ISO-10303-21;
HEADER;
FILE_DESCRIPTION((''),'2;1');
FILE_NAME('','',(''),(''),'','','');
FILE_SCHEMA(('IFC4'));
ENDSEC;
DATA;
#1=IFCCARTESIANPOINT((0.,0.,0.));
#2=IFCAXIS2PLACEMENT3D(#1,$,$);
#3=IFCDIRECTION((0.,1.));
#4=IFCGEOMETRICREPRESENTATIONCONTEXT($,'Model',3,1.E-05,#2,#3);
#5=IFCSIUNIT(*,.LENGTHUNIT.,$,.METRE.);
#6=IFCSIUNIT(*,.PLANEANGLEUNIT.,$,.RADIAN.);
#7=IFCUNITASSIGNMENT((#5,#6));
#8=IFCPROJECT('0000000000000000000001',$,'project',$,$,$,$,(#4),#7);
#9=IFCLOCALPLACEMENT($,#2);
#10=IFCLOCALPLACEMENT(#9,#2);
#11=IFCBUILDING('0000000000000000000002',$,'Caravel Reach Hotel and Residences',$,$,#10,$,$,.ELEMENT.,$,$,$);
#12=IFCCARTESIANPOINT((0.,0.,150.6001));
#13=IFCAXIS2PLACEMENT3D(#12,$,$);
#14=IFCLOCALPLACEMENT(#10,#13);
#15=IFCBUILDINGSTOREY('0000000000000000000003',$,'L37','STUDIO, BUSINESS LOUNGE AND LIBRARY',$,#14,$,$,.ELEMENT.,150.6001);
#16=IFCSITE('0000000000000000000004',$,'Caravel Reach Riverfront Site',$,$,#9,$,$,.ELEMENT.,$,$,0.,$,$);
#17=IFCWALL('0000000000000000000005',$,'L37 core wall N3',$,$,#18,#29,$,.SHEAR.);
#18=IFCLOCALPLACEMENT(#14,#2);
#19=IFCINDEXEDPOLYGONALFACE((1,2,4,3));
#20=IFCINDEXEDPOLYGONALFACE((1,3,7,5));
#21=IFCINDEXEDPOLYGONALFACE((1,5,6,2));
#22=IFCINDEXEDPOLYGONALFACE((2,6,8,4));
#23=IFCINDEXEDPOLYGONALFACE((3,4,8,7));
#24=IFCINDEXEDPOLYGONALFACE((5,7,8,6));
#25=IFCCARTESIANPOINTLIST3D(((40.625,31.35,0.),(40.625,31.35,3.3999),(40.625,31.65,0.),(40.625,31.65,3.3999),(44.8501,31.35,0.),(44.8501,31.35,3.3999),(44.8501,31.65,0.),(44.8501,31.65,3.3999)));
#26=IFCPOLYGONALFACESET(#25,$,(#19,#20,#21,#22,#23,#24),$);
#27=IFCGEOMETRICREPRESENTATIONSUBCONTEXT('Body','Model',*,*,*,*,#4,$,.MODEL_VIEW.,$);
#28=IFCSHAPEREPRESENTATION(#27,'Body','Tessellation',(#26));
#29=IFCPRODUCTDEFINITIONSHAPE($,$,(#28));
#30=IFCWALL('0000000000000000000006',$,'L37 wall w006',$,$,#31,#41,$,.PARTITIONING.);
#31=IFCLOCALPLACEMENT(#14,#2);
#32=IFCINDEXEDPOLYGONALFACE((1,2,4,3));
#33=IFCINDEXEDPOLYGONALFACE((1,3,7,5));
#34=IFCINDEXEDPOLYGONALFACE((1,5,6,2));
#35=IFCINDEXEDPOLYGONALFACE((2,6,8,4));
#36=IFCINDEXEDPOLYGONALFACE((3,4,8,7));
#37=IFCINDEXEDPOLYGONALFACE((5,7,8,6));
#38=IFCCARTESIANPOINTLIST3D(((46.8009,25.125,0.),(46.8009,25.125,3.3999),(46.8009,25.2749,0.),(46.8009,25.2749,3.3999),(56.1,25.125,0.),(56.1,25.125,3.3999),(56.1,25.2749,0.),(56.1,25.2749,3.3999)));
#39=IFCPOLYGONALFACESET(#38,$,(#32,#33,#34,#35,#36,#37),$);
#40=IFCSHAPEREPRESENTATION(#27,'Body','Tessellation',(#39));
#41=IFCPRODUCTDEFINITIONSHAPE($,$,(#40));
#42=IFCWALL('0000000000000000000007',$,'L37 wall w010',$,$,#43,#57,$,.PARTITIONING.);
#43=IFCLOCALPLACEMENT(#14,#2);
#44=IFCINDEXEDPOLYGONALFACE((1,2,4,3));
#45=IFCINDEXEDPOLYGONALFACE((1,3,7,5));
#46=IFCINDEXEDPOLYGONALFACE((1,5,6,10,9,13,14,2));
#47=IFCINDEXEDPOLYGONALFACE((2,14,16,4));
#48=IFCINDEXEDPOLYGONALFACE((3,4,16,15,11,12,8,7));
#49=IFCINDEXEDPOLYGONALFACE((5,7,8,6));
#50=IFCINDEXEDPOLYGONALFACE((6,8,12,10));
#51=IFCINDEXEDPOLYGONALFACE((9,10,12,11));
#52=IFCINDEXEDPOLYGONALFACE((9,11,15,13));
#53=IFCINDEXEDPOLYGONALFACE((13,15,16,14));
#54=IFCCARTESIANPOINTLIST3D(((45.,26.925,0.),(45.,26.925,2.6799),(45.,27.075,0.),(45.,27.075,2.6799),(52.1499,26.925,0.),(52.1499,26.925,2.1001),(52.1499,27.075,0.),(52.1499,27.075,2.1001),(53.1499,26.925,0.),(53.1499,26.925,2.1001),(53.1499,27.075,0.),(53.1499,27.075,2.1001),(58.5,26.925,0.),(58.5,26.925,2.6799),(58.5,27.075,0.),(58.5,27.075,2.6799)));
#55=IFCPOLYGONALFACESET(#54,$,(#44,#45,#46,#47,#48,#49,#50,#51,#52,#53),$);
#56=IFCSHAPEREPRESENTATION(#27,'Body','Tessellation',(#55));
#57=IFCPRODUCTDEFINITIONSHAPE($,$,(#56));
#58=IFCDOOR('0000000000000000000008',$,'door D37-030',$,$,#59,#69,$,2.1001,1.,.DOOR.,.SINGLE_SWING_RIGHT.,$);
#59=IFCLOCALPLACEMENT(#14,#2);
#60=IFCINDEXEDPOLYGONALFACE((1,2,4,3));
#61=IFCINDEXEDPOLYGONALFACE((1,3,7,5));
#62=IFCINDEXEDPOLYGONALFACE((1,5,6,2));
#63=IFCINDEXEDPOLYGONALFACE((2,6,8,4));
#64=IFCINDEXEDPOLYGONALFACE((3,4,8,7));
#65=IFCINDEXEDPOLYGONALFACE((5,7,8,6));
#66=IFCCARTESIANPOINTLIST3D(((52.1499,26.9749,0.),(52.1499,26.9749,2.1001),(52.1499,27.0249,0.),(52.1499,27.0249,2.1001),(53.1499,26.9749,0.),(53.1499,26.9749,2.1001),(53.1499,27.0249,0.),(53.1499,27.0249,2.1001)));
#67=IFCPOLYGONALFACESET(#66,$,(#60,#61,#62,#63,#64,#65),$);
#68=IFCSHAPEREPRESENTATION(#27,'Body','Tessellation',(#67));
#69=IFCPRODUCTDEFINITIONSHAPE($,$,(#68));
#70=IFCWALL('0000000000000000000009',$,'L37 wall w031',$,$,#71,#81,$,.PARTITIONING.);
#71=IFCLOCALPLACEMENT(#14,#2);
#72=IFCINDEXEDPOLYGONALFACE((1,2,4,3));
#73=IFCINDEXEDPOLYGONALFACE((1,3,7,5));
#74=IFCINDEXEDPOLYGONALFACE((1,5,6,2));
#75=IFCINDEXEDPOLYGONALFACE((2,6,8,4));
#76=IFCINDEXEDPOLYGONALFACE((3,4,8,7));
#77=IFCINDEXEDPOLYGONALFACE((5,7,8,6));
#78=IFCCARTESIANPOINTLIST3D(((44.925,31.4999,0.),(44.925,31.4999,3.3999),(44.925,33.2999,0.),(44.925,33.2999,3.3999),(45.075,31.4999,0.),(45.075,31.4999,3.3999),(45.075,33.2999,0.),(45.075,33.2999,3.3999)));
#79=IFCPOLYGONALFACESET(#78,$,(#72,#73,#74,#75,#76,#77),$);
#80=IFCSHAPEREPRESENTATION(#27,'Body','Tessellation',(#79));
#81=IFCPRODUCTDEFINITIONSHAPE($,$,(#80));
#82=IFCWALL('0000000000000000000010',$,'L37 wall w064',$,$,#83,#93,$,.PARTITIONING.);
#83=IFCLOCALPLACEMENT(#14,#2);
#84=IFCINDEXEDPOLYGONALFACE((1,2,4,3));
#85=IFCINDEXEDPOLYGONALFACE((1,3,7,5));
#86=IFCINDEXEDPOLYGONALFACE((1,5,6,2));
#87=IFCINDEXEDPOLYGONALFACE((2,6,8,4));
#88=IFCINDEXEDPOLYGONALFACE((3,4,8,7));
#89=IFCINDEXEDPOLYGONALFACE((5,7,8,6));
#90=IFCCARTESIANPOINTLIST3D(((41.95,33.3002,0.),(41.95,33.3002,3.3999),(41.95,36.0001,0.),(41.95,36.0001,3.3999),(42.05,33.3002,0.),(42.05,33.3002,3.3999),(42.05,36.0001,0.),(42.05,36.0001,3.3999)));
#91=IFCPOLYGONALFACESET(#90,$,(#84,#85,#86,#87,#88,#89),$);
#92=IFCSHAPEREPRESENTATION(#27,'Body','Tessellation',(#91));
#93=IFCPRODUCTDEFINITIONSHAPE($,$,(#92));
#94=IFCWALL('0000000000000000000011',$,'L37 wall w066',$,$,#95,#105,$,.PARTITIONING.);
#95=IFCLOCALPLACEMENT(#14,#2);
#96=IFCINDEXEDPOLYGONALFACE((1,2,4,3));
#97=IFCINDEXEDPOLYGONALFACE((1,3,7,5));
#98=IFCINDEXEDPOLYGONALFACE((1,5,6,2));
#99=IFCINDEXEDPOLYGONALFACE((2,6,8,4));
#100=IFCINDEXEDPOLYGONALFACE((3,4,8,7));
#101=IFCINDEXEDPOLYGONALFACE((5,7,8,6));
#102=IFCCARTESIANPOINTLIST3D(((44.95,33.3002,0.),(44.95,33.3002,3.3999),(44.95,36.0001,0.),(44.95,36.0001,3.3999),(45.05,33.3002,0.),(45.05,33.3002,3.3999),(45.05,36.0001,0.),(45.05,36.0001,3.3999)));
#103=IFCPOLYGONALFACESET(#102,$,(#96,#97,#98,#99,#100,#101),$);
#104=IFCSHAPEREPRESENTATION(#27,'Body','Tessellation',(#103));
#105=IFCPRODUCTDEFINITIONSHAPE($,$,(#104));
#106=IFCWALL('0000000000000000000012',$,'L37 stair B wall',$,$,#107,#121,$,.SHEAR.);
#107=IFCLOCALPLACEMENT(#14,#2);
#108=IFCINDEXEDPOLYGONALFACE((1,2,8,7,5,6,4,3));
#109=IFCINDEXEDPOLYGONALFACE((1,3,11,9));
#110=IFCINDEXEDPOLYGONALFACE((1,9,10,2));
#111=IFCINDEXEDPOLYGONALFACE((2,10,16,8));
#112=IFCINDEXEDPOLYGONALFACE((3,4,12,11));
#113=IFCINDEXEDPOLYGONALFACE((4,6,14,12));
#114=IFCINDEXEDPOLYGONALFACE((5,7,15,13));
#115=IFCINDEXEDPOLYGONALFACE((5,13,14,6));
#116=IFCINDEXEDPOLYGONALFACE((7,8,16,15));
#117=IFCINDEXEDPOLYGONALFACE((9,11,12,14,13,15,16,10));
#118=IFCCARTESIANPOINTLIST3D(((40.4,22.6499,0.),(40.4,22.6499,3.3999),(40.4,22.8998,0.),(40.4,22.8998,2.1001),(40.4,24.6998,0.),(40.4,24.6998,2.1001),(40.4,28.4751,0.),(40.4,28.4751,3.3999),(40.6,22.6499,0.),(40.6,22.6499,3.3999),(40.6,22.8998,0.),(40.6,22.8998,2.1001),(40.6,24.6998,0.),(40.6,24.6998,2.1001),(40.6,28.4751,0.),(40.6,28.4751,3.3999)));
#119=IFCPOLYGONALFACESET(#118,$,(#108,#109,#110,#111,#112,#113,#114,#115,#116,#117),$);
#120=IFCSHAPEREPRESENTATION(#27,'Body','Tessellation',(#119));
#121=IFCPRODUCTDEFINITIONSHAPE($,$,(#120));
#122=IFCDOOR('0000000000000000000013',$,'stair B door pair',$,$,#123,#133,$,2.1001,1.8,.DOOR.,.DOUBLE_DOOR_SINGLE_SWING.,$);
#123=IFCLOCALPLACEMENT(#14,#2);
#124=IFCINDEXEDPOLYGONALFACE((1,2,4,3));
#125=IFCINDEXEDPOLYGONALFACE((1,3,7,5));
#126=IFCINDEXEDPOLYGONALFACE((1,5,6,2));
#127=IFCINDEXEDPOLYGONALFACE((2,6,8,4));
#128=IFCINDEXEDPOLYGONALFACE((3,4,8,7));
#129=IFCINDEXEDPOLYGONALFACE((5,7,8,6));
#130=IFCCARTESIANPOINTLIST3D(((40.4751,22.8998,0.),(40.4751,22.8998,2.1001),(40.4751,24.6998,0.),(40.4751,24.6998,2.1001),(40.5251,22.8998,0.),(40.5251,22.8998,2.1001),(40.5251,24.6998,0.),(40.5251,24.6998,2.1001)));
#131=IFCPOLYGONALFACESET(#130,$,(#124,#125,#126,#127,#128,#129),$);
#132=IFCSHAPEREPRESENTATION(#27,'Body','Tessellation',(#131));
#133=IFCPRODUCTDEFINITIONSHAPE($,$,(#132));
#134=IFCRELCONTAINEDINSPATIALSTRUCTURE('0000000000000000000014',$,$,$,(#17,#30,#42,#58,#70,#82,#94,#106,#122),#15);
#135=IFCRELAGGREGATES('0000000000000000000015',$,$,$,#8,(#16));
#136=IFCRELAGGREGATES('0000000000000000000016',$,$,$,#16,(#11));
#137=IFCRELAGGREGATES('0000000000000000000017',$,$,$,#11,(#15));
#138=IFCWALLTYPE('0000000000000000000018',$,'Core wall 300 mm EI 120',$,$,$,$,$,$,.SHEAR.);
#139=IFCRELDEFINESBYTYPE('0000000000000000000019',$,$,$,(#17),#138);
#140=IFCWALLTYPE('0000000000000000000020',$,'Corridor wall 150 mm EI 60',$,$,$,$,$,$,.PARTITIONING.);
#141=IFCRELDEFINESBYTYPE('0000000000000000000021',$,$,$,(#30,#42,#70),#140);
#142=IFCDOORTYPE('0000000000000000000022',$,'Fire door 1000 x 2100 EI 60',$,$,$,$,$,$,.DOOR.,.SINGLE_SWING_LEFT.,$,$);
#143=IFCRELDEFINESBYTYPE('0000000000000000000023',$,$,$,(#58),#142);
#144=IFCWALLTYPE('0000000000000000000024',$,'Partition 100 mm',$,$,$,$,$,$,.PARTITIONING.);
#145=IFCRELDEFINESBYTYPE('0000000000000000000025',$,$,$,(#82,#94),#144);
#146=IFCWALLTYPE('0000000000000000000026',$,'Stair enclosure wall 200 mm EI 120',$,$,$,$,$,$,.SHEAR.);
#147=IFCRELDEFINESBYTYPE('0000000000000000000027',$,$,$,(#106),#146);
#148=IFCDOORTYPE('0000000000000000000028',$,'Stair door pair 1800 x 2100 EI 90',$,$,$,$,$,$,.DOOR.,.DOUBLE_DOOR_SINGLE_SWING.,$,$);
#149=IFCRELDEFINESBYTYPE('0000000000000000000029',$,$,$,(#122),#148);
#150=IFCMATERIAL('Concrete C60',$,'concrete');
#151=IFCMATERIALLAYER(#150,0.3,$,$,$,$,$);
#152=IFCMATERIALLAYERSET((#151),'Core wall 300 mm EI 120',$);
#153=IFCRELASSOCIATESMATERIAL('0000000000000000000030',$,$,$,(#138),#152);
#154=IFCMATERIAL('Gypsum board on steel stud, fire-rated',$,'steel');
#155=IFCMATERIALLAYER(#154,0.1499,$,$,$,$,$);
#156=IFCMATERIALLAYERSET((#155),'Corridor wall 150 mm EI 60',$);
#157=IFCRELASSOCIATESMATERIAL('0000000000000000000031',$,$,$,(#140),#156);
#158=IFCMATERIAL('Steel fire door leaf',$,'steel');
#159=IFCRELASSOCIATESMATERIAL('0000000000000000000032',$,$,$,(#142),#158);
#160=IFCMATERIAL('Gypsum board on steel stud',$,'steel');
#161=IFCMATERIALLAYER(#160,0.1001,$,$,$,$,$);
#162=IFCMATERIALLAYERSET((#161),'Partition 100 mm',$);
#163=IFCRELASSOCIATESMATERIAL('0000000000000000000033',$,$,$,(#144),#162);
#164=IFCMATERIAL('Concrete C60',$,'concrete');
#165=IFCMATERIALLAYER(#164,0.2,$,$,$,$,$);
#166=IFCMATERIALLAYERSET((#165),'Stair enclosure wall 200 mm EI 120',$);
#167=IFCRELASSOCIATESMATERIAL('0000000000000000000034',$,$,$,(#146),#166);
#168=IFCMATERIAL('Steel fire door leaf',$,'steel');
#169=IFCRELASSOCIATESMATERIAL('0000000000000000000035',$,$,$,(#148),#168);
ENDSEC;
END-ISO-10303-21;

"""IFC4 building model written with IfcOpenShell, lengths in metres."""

from ifc_helpers import new_model, si_unit, direction, frame, frame_2d, origin, place, context, subcontext, project, spatial, rectangle, extrude, material, layer, layer_set, type_object, element, fill, save


model = new_model("IFC4")

# Units and contexts
model_context = context("Model", 3, precision=1e-05, world=origin(), true_north=direction((0.0, 1.0)))
body_context = subcontext(model_context, "Body", "Model", "MODEL_VIEW")
ifc_project = project(units=[si_unit("LENGTHUNIT", "METRE"), si_unit("PLANEANGLEUNIT", "RADIAN")], contexts=[model_context])

# Site, building, storey
site_placement = place(None, origin())
site = spatial("IfcSite", under=ifc_project, at=site_placement, Name="Caravel Reach Riverfront Site", CompositionType="ELEMENT", RefElevation=0.0)
building_placement = place(site_placement, origin())
building = spatial("IfcBuilding", under=site, at=building_placement, Name="Caravel Reach Hotel and Residences", CompositionType="ELEMENT")
storey_placement = place(building_placement, frame((0.0, 0.0, 150.6001)))
storey = spatial("IfcBuildingStorey", under=building, at=storey_placement, Name="L37", Description="STUDIO, BUSINESS LOUNGE AND LIBRARY", CompositionType="ELEMENT", Elevation=150.6001)

# Walls
ifc_material_1 = material(Name="Concrete C60", Category="concrete")
ifc_layer_1 = layer(ifc_material_1, 0.3)
ifc_layer_set_1 = layer_set([ifc_layer_1], Name="Core wall 300 mm EI 120")
wall_type_1 = type_object("IfcWallType", Name="Core wall 300 mm EI 120", PredefinedType="SHEAR", material=ifc_layer_set_1)
wall_1_placement = place(storey_placement, frame((40.625, 31.5, 0.0), z_axis=(0.0, 0.0, 1.0), x_axis=(1.0, 0.0, 0.0)))
element("IfcWall", 1, at=wall_1_placement, inside=storey, type_object=wall_type_1, Name="L37 core wall N3", PredefinedType="SHEAR", context=body_context, shape_type="SweptSolid", body=[
    extrude(rectangle(XDim=4.2251, YDim=0.3, at=frame_2d((2.1125, 0.0))), origin(), (0.0, 0.0, 1.0), 3.3999),
])
ifc_material_2 = material(Name="Gypsum board on steel stud, fire-rated", Category="steel")
ifc_layer_2 = layer(ifc_material_2, 0.1499)
ifc_layer_set_2 = layer_set([ifc_layer_2], Name="Corridor wall 150 mm EI 60")
wall_type_2 = type_object("IfcWallType", Name="Corridor wall 150 mm EI 60", PredefinedType="PARTITIONING", material=ifc_layer_set_2)
wall_2_placement = place(storey_placement, frame((46.801, 25.2, 0.0), z_axis=(0.0, 0.0, 1.0), x_axis=(1.0, 0.0, 0.0)))
element("IfcWall", 2, at=wall_2_placement, inside=storey, type_object=wall_type_2, Name="L37 wall w006", PredefinedType="PARTITIONING", context=body_context, shape_type="SweptSolid", body=[
    extrude(rectangle(XDim=9.2991, YDim=0.1499, at=frame_2d((4.6494, 0.0))), origin(), (0.0, 0.0, 1.0), 3.3999),
])

# Wall, opening, door
wall_3_placement = place(storey_placement, frame((45.0, 27.0, 0.0), z_axis=(0.0, 0.0, 1.0), x_axis=(1.0, 0.0, 0.0)))
wall_3 = element("IfcWall", 3, at=wall_3_placement, inside=storey, type_object=wall_type_2, Name="L37 wall w010", PredefinedType="PARTITIONING", context=body_context, shape_type="SweptSolid", body=[
    extrude(rectangle(XDim=13.5, YDim=0.1499, at=frame_2d((6.75, 0.0))), origin(), (0.0, 0.0, 1.0), 2.6799),
])
opening_1_placement = place(wall_3_placement, frame((7.1499, 0.0, 0.0)))
opening_1 = element("IfcOpeningElement", 4, at=opening_1_placement, cuts=wall_3, PredefinedType="OPENING", context=body_context, shape_type="SweptSolid", body=[
    extrude(rectangle(XDim=1.0, YDim=2.1001, at=frame_2d((0.5, 1.05))), frame((0.0, 0.085, 0.0), z_axis=(0.0, -1.0, 0.0), x_axis=(1.0, 0.0, 0.0)), (0.0, 0.0, 1.0), 0.1699),
])
ifc_material_3 = material(Name="Steel fire door leaf", Category="steel")
door_type_1 = type_object("IfcDoorType", Name="Fire door 1000 x 2100 EI 60", OperationType="SINGLE_SWING_LEFT", PredefinedType="DOOR", material=ifc_material_3)
door_1_placement = place(opening_1_placement, origin())
door_1 = element("IfcDoor", 5, at=door_1_placement, inside=storey, type_object=door_type_1, Name="door D37-030", OperationType="SINGLE_SWING_RIGHT", OverallHeight=2.1001, OverallWidth=1.0, PredefinedType="DOOR", context=body_context, shape_type="SweptSolid", body=[
    extrude(rectangle(XDim=1.0, YDim=2.1001, at=frame_2d((0.5, 1.05))), frame((0.0, 0.0249, 0.0), z_axis=(0.0, -1.0, 0.0), x_axis=(1.0, 0.0, 0.0)), (0.0, 0.0, 1.0), 0.05),
])
fill(opening_1, door_1)

# Walls
wall_4_placement = place(storey_placement, frame((45.0, 31.5, 0.0), z_axis=(0.0, 0.0, 1.0), x_axis=(0.0, 1.0, 0.0)))
element("IfcWall", 6, at=wall_4_placement, inside=storey, type_object=wall_type_2, Name="L37 wall w031", PredefinedType="PARTITIONING", context=body_context, shape_type="SweptSolid", body=[
    extrude(rectangle(XDim=1.8, YDim=0.1499, at=frame_2d((0.8999, 0.0))), origin(), (0.0, 0.0, 1.0), 3.3999),
])
ifc_material_4 = material(Name="Gypsum board on steel stud", Category="steel")
ifc_layer_3 = layer(ifc_material_4, 0.1001)
ifc_layer_set_3 = layer_set([ifc_layer_3], Name="Partition 100 mm")
wall_type_3 = type_object("IfcWallType", Name="Partition 100 mm", PredefinedType="PARTITIONING", material=ifc_layer_set_3)
for number, where, z_axis, x_axis, name in (
    (7, (42.0, 33.3, 0.0), (0.0, 0.0, 1.0), (0.0, 1.0, 0.0), "L37 wall w064"),
    (8, (45.0, 33.3, 0.0), (0.0, 0.0, 1.0), (0.0, 1.0, 0.0), "L37 wall w066"),
):
    element("IfcWall", number, at=place(storey_placement, frame(where, z_axis=z_axis, x_axis=x_axis)), inside=storey, type_object=wall_type_3, Name=name, PredefinedType="PARTITIONING", context=body_context, shape_type="SweptSolid", body=[
        extrude(rectangle(XDim=2.7, YDim=0.1001, at=frame_2d((1.3501, 0.0))), origin(), (0.0, 0.0, 1.0), 3.3999),
    ])

# Wall, opening, door
ifc_material_5 = material(Name="Concrete C60", Category="concrete")
ifc_layer_4 = layer(ifc_material_5, 0.2)
ifc_layer_set_4 = layer_set([ifc_layer_4], Name="Stair enclosure wall 200 mm EI 120")
wall_type_4 = type_object("IfcWallType", Name="Stair enclosure wall 200 mm EI 120", PredefinedType="SHEAR", material=ifc_layer_set_4)
wall_5_placement = place(storey_placement, frame((40.5, 22.6499, 0.0), z_axis=(0.0, 0.0, 1.0), x_axis=(0.0, 1.0, 0.0)))
wall_5 = element("IfcWall", 9, at=wall_5_placement, inside=storey, type_object=wall_type_4, Name="L37 stair B wall", PredefinedType="SHEAR", context=body_context, shape_type="SweptSolid", body=[
    extrude(rectangle(XDim=5.8252, YDim=0.2, at=frame_2d((2.9126, 0.0))), origin(), (0.0, 0.0, 1.0), 3.3999),
])
opening_2_placement = place(wall_5_placement, frame((0.25, 0.0, 0.0)))
opening_2 = element("IfcOpeningElement", 10, at=opening_2_placement, cuts=wall_5, PredefinedType="OPENING", context=body_context, shape_type="SweptSolid", body=[
    extrude(rectangle(XDim=1.8, YDim=2.1001, at=frame_2d((0.8999, 1.05))), frame((0.0, 0.1099, 0.0), z_axis=(0.0, -1.0, 0.0), x_axis=(1.0, 0.0, 0.0)), (0.0, 0.0, 1.0), 0.22),
])
ifc_material_6 = material(Name="Steel fire door leaf", Category="steel")
door_type_2 = type_object("IfcDoorType", Name="Stair door pair 1800 x 2100 EI 90", OperationType="DOUBLE_DOOR_SINGLE_SWING", PredefinedType="DOOR", material=ifc_material_6)
door_2_placement = place(opening_2_placement, origin())
door_2 = element("IfcDoor", 11, at=door_2_placement, inside=storey, type_object=door_type_2, Name="stair B door pair", OperationType="DOUBLE_DOOR_SINGLE_SWING", OverallHeight=2.1001, OverallWidth=1.8, PredefinedType="DOOR", context=body_context, shape_type="SweptSolid", body=[
    extrude(rectangle(XDim=1.8, YDim=2.1001, at=frame_2d((0.8999, 1.05))), frame((0.0, 0.0249, 0.0), z_axis=(0.0, -1.0, 0.0), x_axis=(1.0, 0.0, 0.0)), (0.0, 0.0, 1.0), 0.05),
])
fill(opening_2, door_2)

save(model, "model.ifc")
